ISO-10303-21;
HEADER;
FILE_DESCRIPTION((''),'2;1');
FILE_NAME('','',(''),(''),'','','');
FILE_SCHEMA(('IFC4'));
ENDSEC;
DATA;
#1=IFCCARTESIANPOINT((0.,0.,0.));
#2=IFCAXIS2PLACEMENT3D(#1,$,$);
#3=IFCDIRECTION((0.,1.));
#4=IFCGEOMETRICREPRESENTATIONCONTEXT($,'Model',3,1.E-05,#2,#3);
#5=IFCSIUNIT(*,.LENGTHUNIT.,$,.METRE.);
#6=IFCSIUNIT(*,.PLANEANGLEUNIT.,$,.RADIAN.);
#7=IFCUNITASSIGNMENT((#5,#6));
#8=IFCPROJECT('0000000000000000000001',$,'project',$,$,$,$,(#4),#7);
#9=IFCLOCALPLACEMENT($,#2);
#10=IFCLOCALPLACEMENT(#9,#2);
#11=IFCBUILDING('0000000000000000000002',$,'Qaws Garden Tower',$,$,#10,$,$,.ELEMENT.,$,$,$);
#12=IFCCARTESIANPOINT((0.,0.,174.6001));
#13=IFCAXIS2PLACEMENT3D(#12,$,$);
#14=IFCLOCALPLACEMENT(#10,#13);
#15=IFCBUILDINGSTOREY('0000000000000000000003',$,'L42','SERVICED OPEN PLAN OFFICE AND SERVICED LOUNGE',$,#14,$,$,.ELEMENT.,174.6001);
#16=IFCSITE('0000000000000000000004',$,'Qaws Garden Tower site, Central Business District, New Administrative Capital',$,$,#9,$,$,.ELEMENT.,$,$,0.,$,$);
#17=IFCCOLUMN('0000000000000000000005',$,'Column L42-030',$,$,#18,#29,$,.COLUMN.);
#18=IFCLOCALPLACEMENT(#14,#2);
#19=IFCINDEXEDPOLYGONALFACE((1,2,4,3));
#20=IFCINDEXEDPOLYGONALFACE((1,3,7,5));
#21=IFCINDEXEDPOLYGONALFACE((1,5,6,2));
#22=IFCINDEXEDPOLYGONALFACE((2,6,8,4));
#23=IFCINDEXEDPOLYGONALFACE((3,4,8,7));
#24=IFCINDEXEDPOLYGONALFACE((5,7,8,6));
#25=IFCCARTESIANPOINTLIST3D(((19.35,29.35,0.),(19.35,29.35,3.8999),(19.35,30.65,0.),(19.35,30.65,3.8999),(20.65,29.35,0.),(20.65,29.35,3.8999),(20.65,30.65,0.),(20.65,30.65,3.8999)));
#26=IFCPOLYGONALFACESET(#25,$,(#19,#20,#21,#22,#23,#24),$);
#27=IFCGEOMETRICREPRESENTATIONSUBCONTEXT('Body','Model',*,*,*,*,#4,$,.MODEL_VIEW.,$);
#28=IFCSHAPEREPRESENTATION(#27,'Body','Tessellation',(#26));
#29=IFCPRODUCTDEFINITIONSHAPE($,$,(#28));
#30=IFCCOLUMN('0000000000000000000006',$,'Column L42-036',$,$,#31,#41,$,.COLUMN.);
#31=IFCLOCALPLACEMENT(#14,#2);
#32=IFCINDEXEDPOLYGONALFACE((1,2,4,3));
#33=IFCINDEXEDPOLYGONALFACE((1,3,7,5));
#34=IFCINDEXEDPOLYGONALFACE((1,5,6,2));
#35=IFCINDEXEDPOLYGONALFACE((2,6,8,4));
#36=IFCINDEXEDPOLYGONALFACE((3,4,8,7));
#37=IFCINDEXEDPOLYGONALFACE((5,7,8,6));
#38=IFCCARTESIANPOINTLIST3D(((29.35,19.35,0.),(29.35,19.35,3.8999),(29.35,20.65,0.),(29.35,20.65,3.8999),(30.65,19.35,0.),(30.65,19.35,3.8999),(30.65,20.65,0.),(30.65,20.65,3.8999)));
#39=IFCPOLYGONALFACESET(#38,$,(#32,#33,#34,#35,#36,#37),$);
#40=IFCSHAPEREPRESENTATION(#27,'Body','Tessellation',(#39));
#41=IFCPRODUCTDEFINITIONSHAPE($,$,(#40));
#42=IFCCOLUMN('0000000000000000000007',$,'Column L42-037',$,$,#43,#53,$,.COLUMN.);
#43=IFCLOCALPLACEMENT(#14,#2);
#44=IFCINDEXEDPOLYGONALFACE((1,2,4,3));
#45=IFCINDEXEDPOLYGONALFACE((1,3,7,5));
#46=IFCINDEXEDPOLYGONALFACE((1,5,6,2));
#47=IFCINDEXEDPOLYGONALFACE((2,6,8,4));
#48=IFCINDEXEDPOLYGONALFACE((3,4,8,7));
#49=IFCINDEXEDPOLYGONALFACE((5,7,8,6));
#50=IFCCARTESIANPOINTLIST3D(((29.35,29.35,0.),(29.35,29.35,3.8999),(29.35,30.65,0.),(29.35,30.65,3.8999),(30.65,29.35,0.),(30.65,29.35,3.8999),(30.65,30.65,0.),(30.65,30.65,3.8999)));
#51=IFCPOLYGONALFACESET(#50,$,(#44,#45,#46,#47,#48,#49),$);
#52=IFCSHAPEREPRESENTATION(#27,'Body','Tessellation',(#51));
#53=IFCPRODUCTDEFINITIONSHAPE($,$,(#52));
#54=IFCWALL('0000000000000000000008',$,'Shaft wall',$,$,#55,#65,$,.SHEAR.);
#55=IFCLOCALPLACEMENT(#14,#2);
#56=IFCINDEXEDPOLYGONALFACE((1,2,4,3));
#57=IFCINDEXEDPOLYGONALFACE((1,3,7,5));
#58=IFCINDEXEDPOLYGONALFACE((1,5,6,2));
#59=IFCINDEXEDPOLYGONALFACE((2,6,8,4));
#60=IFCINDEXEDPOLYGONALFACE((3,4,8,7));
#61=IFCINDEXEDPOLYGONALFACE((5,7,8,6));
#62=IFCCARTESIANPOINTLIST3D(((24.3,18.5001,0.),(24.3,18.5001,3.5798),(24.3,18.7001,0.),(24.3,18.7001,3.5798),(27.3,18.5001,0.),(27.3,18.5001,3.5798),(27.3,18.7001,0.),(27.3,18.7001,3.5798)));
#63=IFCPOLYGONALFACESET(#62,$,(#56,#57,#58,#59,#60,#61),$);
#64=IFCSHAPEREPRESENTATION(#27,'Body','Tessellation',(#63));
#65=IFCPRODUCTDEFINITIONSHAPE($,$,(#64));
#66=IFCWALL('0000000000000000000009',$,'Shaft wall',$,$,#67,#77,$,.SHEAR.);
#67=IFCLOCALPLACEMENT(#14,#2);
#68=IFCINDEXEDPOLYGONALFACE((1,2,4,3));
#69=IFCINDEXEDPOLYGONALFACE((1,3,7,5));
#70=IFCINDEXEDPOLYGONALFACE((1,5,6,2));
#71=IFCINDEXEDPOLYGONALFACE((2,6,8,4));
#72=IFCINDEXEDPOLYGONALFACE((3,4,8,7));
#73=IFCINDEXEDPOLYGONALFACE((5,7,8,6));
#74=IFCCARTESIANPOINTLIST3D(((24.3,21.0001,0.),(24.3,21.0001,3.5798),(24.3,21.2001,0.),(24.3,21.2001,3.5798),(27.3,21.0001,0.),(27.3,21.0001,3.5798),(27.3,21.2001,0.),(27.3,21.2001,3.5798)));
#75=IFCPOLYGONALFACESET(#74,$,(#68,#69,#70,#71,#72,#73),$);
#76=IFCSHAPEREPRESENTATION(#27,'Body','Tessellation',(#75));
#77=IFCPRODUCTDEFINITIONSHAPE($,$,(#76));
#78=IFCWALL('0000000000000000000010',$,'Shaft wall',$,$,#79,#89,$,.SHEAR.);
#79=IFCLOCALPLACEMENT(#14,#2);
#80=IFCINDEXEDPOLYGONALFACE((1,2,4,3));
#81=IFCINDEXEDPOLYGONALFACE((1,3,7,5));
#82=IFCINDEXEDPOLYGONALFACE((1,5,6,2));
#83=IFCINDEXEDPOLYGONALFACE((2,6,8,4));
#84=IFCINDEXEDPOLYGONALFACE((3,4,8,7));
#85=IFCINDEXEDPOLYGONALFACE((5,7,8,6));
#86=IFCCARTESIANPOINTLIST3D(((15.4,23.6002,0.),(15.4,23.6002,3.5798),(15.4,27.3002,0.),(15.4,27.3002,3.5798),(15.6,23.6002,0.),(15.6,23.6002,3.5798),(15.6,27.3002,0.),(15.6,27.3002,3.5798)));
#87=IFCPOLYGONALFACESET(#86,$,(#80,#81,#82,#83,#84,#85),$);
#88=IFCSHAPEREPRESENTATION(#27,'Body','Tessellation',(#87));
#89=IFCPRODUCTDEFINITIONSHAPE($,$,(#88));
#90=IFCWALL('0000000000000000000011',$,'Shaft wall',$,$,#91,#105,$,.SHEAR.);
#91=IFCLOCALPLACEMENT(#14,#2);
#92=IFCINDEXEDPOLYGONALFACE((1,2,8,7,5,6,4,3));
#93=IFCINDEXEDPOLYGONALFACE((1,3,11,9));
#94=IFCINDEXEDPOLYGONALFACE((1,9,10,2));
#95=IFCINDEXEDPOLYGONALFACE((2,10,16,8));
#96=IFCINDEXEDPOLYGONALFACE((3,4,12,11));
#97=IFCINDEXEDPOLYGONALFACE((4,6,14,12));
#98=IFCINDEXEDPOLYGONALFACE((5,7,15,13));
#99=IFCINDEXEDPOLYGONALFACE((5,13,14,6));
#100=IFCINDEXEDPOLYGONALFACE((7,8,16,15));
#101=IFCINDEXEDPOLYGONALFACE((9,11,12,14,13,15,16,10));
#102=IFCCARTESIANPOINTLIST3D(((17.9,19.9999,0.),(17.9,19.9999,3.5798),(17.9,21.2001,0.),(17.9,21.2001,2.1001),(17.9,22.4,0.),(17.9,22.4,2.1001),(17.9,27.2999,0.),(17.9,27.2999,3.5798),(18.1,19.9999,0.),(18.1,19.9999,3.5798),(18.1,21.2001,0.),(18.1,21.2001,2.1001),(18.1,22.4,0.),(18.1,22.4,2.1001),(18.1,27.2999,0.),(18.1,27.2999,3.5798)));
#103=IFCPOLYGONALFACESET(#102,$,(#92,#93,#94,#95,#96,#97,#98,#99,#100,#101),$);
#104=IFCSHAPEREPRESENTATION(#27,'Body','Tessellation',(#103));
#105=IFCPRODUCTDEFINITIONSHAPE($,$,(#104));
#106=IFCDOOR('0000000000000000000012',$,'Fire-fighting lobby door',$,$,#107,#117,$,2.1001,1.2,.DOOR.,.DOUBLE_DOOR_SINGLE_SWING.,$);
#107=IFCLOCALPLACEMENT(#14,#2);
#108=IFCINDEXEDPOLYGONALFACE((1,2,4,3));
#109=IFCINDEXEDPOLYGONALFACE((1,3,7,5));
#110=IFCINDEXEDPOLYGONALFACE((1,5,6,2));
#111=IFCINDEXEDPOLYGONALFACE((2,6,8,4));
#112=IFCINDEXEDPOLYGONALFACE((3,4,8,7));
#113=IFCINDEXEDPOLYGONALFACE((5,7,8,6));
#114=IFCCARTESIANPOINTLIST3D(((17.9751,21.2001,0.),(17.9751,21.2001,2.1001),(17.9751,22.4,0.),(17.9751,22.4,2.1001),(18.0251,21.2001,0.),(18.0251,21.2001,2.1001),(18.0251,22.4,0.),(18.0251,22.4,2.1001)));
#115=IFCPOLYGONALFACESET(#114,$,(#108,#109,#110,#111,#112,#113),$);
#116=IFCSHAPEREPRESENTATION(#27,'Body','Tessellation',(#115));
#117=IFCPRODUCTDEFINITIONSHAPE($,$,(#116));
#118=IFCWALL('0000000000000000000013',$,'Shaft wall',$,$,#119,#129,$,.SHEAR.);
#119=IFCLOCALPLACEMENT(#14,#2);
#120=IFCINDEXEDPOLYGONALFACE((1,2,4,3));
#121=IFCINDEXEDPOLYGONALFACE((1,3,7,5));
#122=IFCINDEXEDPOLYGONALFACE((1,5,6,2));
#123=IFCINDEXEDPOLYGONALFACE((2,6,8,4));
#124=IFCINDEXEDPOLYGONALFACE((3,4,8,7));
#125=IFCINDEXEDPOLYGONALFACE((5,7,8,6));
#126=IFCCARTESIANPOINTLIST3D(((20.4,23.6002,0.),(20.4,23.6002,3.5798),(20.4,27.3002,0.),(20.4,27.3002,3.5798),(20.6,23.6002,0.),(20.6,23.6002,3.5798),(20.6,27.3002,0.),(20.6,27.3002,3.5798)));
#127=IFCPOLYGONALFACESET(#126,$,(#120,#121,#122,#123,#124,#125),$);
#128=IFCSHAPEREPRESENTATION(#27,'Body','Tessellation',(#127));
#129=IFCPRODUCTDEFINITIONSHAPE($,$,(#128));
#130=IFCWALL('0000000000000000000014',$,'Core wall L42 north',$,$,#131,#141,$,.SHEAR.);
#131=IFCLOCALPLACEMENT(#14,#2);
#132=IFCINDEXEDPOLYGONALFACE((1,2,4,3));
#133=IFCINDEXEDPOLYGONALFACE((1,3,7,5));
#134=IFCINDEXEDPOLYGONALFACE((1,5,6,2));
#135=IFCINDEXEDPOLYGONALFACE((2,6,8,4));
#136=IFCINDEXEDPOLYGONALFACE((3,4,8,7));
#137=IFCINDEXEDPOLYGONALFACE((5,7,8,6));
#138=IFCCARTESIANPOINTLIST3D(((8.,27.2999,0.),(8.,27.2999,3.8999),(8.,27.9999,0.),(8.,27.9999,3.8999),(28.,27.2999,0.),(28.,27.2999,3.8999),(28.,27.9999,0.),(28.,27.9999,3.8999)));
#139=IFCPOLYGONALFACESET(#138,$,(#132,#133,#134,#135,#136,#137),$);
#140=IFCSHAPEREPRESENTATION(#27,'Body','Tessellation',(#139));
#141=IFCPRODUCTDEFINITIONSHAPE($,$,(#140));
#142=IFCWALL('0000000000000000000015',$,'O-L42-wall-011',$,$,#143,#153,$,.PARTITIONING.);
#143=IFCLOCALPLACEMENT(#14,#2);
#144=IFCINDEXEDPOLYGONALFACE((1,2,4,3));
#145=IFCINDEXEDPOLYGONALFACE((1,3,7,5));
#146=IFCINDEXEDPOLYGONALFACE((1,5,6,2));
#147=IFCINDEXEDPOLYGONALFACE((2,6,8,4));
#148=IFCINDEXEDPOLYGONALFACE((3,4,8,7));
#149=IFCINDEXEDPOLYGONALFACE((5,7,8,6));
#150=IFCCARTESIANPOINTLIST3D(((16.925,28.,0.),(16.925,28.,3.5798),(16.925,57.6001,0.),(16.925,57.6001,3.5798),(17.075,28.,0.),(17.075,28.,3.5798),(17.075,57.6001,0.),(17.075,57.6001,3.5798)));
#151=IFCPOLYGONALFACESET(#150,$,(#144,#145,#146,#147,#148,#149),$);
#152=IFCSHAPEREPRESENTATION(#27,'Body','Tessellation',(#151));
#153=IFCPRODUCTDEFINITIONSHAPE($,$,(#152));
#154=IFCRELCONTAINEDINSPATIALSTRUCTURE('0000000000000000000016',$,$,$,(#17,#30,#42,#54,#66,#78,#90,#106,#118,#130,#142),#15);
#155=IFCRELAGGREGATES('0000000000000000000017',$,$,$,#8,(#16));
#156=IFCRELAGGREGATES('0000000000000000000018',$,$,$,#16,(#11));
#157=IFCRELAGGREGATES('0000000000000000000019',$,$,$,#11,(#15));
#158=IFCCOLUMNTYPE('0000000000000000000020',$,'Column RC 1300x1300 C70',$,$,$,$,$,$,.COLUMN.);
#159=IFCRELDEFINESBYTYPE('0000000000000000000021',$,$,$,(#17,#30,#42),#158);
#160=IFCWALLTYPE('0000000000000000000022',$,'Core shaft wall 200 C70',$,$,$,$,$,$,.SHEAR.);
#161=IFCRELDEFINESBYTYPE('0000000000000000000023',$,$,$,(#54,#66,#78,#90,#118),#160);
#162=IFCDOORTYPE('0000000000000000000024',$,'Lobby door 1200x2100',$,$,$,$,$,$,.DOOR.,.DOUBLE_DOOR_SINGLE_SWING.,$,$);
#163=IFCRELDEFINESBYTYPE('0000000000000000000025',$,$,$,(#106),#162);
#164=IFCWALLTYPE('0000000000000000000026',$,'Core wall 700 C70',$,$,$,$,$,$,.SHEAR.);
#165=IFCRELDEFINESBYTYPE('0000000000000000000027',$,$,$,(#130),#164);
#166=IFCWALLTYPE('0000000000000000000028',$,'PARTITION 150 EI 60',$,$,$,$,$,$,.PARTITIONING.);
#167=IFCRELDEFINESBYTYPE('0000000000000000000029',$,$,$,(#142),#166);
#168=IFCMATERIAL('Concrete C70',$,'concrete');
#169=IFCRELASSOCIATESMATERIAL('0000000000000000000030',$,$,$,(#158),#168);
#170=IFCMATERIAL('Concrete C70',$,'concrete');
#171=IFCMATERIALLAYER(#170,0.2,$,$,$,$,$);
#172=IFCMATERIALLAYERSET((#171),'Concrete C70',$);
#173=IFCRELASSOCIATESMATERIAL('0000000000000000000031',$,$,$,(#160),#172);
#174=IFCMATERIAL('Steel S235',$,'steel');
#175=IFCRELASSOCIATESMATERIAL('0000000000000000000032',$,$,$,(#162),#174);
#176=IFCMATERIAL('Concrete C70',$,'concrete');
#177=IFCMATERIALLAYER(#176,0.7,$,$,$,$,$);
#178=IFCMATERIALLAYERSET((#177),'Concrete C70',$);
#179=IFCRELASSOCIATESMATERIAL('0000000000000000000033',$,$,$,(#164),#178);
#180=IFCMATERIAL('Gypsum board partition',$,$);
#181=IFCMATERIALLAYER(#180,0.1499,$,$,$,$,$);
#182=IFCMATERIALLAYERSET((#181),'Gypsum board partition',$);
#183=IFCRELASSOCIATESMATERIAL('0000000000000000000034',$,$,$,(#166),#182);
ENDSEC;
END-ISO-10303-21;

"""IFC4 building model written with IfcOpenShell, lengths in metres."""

from ifc_helpers import new_model, si_unit, direction, frame, frame_2d, origin, origin_2d, place, context, subcontext, project, spatial, rectangle, extrude, material, layer, layer_set, material_profile, profile_set, type_object, element, fill, save


model = new_model("IFC4")

# Units and contexts
model_context = context("Model", 3, precision=1e-05, world=origin(), true_north=direction((0.0, 1.0)))
body_context = subcontext(model_context, "Body", "Model", "MODEL_VIEW")
ifc_project = project(units=[si_unit("LENGTHUNIT", "METRE"), si_unit("PLANEANGLEUNIT", "RADIAN")], contexts=[model_context])

# Site, building, storey
site_placement = place(None, origin())
site = spatial("IfcSite", under=ifc_project, at=site_placement, Name="Qaws Garden Tower site, Central Business District, New Administrative Capital", CompositionType="ELEMENT", RefElevation=0.0)
building_placement = place(site_placement, origin())
building = spatial("IfcBuilding", under=site, at=building_placement, Name="Qaws Garden Tower", CompositionType="ELEMENT")
storey_placement = place(building_placement, frame((0.0, 0.0, 174.6001)))
storey = spatial("IfcBuildingStorey", under=building, at=storey_placement, Name="L42", Description="SERVICED OPEN PLAN OFFICE AND SERVICED LOUNGE", CompositionType="ELEMENT", Elevation=174.6001)

# Columns
ifc_material_1 = material(Name="Concrete C70", Category="concrete")
ifc_material_profile = material_profile(ifc_material_1, rectangle(XDim=1.3, YDim=1.3, at=origin_2d()), Name="RC 1300x1300")
ifc_profile_set = profile_set([ifc_material_profile], Name="Concrete C70")
column_type = type_object("IfcColumnType", Name="Column RC 1300x1300 C70", PredefinedType="COLUMN", material=ifc_profile_set)
for number, where, z_axis, x_axis, name in (
    (1, (20.0, 30.0, 0.0), (0.0, 0.0, 1.0), (1.0, 0.0, 0.0), "Column L42-030"),
    (2, (30.0, 20.0, 0.0), (0.0, 0.0, 1.0), (1.0, 0.0, 0.0), "Column L42-036"),
    (3, (30.0, 30.0, 0.0), (0.0, 0.0, 1.0), (1.0, 0.0, 0.0), "Column L42-037"),
):
    element("IfcColumn", number, at=place(storey_placement, frame(where, z_axis=z_axis, x_axis=x_axis)), inside=storey, type_object=column_type, Name=name, PredefinedType="COLUMN", context=body_context, shape_type="SweptSolid", body=[
        extrude(rectangle(XDim=1.3, YDim=1.3, at=origin_2d()), origin(), (0.0, 0.0, 1.0), 3.8999),
    ])

# Walls
ifc_material_2 = material(Name="Concrete C70", Category="concrete")
ifc_layer_1 = layer(ifc_material_2, 0.2)
ifc_layer_set_1 = layer_set([ifc_layer_1], Name="Concrete C70")
wall_type_1 = type_object("IfcWallType", Name="Core shaft wall 200 C70", PredefinedType="SHEAR", material=ifc_layer_set_1)
for number, where, z_axis, x_axis, name in (
    (4, (24.3, 18.6001, 0.0), (0.0, 0.0, 1.0), (1.0, 0.0, 0.0), "Shaft wall"),
    (5, (24.3, 21.1001, 0.0), (0.0, 0.0, 1.0), (1.0, 0.0, 0.0), "Shaft wall"),
):
    element("IfcWall", number, at=place(storey_placement, frame(where, z_axis=z_axis, x_axis=x_axis)), inside=storey, type_object=wall_type_1, Name=name, PredefinedType="SHEAR", context=body_context, shape_type="SweptSolid", body=[
        extrude(rectangle(XDim=3.0, YDim=0.2, at=frame_2d((1.5, 0.0))), origin(), (0.0, 0.0, 1.0), 3.5798),
    ])
wall_1_placement = place(storey_placement, frame((15.5, 23.6001, 0.0), z_axis=(0.0, 0.0, 1.0), x_axis=(0.0, 1.0, 0.0)))
element("IfcWall", 6, at=wall_1_placement, inside=storey, type_object=wall_type_1, Name="Shaft wall", PredefinedType="SHEAR", context=body_context, shape_type="SweptSolid", body=[
    extrude(rectangle(XDim=3.7, YDim=0.2, at=frame_2d((1.8501, 0.0))), origin(), (0.0, 0.0, 1.0), 3.5798),
])

# Wall, opening, door
wall_2_placement = place(storey_placement, frame((18.0, 20.0, 0.0), z_axis=(0.0, 0.0, 1.0), x_axis=(0.0, 1.0, 0.0)))
wall_2 = element("IfcWall", 7, at=wall_2_placement, inside=storey, type_object=wall_type_1, Name="Shaft wall", PredefinedType="SHEAR", context=body_context, shape_type="SweptSolid", body=[
    extrude(rectangle(XDim=7.3, YDim=0.2, at=frame_2d((3.6499, 0.0))), origin(), (0.0, 0.0, 1.0), 3.5798),
])
opening_1_placement = place(wall_2_placement, frame((1.2, 0.0, 0.0)))
opening_1 = element("IfcOpeningElement", 8, at=opening_1_placement, cuts=wall_2, PredefinedType="OPENING", context=body_context, shape_type="SweptSolid", body=[
    extrude(rectangle(XDim=1.2, YDim=2.1001, at=frame_2d((0.6001, 1.05))), frame((0.0, 0.1099, 0.0), z_axis=(0.0, -1.0, 0.0), x_axis=(1.0, 0.0, 0.0)), (0.0, 0.0, 1.0), 0.22),
])
ifc_material_3 = material(Name="Steel S235", Category="steel")
door_type_1 = type_object("IfcDoorType", Name="Lobby door 1200x2100", OperationType="DOUBLE_DOOR_SINGLE_SWING", PredefinedType="DOOR", material=ifc_material_3)
door_1_placement = place(opening_1_placement, origin())
door_1 = element("IfcDoor", 9, at=door_1_placement, inside=storey, type_object=door_type_1, Name="Fire-fighting lobby door", OperationType="DOUBLE_DOOR_SINGLE_SWING", OverallHeight=2.1001, OverallWidth=1.2, PredefinedType="DOOR", context=body_context, shape_type="SweptSolid", body=[
    extrude(rectangle(XDim=1.2, YDim=2.1001, at=frame_2d((0.6001, 1.05))), frame((0.0, 0.0249, 0.0), z_axis=(0.0, -1.0, 0.0), x_axis=(1.0, 0.0, 0.0)), (0.0, 0.0, 1.0), 0.05),
])
fill(opening_1, door_1)

# Walls
wall_3_placement = place(storey_placement, frame((20.5, 23.6001, 0.0), z_axis=(0.0, 0.0, 1.0), x_axis=(0.0, 1.0, 0.0)))
element("IfcWall", 10, at=wall_3_placement, inside=storey, type_object=wall_type_1, Name="Shaft wall", PredefinedType="SHEAR", context=body_context, shape_type="SweptSolid", body=[
    extrude(rectangle(XDim=3.7, YDim=0.2, at=frame_2d((1.8501, 0.0))), origin(), (0.0, 0.0, 1.0), 3.5798),
])
ifc_material_4 = material(Name="Concrete C70", Category="concrete")
ifc_layer_2 = layer(ifc_material_4, 0.7)
ifc_layer_set_2 = layer_set([ifc_layer_2], Name="Concrete C70")
wall_type_2 = type_object("IfcWallType", Name="Core wall 700 C70", PredefinedType="SHEAR", material=ifc_layer_set_2)
wall_4_placement = place(storey_placement, frame((28.0, 27.6499, 0.0), z_axis=(0.0, 0.0, 1.0), x_axis=(-1.0, 0.0, 0.0)))
element("IfcWall", 11, at=wall_4_placement, inside=storey, type_object=wall_type_2, Name="Core wall L42 north", PredefinedType="SHEAR", context=body_context, shape_type="SweptSolid", body=[
    extrude(rectangle(XDim=20.0, YDim=0.7, at=frame_2d((10.0, 0.0))), origin(), (0.0, 0.0, 1.0), 3.8999),
])
ifc_material_5 = material(Name="Gypsum board partition")
ifc_layer_3 = layer(ifc_material_5, 0.1499)
ifc_layer_set_3 = layer_set([ifc_layer_3], Name="Gypsum board partition")
wall_type_3 = type_object("IfcWallType", Name="PARTITION 150 EI 60", PredefinedType="PARTITIONING", material=ifc_layer_set_3)
wall_5_placement = place(storey_placement, frame((17.0, 28.0, 0.0), z_axis=(0.0, 0.0, 1.0), x_axis=(0.0, 1.0, 0.0)))
element("IfcWall", 12, at=wall_5_placement, inside=storey, type_object=wall_type_3, Name="O-L42-wall-011", PredefinedType="PARTITIONING", context=body_context, shape_type="SweptSolid", body=[
    extrude(rectangle(XDim=29.6001, YDim=0.1499, at=frame_2d((14.8, 0.0))), origin(), (0.0, 0.0, 1.0), 3.5798),
])

save(model, "model.ifc")
